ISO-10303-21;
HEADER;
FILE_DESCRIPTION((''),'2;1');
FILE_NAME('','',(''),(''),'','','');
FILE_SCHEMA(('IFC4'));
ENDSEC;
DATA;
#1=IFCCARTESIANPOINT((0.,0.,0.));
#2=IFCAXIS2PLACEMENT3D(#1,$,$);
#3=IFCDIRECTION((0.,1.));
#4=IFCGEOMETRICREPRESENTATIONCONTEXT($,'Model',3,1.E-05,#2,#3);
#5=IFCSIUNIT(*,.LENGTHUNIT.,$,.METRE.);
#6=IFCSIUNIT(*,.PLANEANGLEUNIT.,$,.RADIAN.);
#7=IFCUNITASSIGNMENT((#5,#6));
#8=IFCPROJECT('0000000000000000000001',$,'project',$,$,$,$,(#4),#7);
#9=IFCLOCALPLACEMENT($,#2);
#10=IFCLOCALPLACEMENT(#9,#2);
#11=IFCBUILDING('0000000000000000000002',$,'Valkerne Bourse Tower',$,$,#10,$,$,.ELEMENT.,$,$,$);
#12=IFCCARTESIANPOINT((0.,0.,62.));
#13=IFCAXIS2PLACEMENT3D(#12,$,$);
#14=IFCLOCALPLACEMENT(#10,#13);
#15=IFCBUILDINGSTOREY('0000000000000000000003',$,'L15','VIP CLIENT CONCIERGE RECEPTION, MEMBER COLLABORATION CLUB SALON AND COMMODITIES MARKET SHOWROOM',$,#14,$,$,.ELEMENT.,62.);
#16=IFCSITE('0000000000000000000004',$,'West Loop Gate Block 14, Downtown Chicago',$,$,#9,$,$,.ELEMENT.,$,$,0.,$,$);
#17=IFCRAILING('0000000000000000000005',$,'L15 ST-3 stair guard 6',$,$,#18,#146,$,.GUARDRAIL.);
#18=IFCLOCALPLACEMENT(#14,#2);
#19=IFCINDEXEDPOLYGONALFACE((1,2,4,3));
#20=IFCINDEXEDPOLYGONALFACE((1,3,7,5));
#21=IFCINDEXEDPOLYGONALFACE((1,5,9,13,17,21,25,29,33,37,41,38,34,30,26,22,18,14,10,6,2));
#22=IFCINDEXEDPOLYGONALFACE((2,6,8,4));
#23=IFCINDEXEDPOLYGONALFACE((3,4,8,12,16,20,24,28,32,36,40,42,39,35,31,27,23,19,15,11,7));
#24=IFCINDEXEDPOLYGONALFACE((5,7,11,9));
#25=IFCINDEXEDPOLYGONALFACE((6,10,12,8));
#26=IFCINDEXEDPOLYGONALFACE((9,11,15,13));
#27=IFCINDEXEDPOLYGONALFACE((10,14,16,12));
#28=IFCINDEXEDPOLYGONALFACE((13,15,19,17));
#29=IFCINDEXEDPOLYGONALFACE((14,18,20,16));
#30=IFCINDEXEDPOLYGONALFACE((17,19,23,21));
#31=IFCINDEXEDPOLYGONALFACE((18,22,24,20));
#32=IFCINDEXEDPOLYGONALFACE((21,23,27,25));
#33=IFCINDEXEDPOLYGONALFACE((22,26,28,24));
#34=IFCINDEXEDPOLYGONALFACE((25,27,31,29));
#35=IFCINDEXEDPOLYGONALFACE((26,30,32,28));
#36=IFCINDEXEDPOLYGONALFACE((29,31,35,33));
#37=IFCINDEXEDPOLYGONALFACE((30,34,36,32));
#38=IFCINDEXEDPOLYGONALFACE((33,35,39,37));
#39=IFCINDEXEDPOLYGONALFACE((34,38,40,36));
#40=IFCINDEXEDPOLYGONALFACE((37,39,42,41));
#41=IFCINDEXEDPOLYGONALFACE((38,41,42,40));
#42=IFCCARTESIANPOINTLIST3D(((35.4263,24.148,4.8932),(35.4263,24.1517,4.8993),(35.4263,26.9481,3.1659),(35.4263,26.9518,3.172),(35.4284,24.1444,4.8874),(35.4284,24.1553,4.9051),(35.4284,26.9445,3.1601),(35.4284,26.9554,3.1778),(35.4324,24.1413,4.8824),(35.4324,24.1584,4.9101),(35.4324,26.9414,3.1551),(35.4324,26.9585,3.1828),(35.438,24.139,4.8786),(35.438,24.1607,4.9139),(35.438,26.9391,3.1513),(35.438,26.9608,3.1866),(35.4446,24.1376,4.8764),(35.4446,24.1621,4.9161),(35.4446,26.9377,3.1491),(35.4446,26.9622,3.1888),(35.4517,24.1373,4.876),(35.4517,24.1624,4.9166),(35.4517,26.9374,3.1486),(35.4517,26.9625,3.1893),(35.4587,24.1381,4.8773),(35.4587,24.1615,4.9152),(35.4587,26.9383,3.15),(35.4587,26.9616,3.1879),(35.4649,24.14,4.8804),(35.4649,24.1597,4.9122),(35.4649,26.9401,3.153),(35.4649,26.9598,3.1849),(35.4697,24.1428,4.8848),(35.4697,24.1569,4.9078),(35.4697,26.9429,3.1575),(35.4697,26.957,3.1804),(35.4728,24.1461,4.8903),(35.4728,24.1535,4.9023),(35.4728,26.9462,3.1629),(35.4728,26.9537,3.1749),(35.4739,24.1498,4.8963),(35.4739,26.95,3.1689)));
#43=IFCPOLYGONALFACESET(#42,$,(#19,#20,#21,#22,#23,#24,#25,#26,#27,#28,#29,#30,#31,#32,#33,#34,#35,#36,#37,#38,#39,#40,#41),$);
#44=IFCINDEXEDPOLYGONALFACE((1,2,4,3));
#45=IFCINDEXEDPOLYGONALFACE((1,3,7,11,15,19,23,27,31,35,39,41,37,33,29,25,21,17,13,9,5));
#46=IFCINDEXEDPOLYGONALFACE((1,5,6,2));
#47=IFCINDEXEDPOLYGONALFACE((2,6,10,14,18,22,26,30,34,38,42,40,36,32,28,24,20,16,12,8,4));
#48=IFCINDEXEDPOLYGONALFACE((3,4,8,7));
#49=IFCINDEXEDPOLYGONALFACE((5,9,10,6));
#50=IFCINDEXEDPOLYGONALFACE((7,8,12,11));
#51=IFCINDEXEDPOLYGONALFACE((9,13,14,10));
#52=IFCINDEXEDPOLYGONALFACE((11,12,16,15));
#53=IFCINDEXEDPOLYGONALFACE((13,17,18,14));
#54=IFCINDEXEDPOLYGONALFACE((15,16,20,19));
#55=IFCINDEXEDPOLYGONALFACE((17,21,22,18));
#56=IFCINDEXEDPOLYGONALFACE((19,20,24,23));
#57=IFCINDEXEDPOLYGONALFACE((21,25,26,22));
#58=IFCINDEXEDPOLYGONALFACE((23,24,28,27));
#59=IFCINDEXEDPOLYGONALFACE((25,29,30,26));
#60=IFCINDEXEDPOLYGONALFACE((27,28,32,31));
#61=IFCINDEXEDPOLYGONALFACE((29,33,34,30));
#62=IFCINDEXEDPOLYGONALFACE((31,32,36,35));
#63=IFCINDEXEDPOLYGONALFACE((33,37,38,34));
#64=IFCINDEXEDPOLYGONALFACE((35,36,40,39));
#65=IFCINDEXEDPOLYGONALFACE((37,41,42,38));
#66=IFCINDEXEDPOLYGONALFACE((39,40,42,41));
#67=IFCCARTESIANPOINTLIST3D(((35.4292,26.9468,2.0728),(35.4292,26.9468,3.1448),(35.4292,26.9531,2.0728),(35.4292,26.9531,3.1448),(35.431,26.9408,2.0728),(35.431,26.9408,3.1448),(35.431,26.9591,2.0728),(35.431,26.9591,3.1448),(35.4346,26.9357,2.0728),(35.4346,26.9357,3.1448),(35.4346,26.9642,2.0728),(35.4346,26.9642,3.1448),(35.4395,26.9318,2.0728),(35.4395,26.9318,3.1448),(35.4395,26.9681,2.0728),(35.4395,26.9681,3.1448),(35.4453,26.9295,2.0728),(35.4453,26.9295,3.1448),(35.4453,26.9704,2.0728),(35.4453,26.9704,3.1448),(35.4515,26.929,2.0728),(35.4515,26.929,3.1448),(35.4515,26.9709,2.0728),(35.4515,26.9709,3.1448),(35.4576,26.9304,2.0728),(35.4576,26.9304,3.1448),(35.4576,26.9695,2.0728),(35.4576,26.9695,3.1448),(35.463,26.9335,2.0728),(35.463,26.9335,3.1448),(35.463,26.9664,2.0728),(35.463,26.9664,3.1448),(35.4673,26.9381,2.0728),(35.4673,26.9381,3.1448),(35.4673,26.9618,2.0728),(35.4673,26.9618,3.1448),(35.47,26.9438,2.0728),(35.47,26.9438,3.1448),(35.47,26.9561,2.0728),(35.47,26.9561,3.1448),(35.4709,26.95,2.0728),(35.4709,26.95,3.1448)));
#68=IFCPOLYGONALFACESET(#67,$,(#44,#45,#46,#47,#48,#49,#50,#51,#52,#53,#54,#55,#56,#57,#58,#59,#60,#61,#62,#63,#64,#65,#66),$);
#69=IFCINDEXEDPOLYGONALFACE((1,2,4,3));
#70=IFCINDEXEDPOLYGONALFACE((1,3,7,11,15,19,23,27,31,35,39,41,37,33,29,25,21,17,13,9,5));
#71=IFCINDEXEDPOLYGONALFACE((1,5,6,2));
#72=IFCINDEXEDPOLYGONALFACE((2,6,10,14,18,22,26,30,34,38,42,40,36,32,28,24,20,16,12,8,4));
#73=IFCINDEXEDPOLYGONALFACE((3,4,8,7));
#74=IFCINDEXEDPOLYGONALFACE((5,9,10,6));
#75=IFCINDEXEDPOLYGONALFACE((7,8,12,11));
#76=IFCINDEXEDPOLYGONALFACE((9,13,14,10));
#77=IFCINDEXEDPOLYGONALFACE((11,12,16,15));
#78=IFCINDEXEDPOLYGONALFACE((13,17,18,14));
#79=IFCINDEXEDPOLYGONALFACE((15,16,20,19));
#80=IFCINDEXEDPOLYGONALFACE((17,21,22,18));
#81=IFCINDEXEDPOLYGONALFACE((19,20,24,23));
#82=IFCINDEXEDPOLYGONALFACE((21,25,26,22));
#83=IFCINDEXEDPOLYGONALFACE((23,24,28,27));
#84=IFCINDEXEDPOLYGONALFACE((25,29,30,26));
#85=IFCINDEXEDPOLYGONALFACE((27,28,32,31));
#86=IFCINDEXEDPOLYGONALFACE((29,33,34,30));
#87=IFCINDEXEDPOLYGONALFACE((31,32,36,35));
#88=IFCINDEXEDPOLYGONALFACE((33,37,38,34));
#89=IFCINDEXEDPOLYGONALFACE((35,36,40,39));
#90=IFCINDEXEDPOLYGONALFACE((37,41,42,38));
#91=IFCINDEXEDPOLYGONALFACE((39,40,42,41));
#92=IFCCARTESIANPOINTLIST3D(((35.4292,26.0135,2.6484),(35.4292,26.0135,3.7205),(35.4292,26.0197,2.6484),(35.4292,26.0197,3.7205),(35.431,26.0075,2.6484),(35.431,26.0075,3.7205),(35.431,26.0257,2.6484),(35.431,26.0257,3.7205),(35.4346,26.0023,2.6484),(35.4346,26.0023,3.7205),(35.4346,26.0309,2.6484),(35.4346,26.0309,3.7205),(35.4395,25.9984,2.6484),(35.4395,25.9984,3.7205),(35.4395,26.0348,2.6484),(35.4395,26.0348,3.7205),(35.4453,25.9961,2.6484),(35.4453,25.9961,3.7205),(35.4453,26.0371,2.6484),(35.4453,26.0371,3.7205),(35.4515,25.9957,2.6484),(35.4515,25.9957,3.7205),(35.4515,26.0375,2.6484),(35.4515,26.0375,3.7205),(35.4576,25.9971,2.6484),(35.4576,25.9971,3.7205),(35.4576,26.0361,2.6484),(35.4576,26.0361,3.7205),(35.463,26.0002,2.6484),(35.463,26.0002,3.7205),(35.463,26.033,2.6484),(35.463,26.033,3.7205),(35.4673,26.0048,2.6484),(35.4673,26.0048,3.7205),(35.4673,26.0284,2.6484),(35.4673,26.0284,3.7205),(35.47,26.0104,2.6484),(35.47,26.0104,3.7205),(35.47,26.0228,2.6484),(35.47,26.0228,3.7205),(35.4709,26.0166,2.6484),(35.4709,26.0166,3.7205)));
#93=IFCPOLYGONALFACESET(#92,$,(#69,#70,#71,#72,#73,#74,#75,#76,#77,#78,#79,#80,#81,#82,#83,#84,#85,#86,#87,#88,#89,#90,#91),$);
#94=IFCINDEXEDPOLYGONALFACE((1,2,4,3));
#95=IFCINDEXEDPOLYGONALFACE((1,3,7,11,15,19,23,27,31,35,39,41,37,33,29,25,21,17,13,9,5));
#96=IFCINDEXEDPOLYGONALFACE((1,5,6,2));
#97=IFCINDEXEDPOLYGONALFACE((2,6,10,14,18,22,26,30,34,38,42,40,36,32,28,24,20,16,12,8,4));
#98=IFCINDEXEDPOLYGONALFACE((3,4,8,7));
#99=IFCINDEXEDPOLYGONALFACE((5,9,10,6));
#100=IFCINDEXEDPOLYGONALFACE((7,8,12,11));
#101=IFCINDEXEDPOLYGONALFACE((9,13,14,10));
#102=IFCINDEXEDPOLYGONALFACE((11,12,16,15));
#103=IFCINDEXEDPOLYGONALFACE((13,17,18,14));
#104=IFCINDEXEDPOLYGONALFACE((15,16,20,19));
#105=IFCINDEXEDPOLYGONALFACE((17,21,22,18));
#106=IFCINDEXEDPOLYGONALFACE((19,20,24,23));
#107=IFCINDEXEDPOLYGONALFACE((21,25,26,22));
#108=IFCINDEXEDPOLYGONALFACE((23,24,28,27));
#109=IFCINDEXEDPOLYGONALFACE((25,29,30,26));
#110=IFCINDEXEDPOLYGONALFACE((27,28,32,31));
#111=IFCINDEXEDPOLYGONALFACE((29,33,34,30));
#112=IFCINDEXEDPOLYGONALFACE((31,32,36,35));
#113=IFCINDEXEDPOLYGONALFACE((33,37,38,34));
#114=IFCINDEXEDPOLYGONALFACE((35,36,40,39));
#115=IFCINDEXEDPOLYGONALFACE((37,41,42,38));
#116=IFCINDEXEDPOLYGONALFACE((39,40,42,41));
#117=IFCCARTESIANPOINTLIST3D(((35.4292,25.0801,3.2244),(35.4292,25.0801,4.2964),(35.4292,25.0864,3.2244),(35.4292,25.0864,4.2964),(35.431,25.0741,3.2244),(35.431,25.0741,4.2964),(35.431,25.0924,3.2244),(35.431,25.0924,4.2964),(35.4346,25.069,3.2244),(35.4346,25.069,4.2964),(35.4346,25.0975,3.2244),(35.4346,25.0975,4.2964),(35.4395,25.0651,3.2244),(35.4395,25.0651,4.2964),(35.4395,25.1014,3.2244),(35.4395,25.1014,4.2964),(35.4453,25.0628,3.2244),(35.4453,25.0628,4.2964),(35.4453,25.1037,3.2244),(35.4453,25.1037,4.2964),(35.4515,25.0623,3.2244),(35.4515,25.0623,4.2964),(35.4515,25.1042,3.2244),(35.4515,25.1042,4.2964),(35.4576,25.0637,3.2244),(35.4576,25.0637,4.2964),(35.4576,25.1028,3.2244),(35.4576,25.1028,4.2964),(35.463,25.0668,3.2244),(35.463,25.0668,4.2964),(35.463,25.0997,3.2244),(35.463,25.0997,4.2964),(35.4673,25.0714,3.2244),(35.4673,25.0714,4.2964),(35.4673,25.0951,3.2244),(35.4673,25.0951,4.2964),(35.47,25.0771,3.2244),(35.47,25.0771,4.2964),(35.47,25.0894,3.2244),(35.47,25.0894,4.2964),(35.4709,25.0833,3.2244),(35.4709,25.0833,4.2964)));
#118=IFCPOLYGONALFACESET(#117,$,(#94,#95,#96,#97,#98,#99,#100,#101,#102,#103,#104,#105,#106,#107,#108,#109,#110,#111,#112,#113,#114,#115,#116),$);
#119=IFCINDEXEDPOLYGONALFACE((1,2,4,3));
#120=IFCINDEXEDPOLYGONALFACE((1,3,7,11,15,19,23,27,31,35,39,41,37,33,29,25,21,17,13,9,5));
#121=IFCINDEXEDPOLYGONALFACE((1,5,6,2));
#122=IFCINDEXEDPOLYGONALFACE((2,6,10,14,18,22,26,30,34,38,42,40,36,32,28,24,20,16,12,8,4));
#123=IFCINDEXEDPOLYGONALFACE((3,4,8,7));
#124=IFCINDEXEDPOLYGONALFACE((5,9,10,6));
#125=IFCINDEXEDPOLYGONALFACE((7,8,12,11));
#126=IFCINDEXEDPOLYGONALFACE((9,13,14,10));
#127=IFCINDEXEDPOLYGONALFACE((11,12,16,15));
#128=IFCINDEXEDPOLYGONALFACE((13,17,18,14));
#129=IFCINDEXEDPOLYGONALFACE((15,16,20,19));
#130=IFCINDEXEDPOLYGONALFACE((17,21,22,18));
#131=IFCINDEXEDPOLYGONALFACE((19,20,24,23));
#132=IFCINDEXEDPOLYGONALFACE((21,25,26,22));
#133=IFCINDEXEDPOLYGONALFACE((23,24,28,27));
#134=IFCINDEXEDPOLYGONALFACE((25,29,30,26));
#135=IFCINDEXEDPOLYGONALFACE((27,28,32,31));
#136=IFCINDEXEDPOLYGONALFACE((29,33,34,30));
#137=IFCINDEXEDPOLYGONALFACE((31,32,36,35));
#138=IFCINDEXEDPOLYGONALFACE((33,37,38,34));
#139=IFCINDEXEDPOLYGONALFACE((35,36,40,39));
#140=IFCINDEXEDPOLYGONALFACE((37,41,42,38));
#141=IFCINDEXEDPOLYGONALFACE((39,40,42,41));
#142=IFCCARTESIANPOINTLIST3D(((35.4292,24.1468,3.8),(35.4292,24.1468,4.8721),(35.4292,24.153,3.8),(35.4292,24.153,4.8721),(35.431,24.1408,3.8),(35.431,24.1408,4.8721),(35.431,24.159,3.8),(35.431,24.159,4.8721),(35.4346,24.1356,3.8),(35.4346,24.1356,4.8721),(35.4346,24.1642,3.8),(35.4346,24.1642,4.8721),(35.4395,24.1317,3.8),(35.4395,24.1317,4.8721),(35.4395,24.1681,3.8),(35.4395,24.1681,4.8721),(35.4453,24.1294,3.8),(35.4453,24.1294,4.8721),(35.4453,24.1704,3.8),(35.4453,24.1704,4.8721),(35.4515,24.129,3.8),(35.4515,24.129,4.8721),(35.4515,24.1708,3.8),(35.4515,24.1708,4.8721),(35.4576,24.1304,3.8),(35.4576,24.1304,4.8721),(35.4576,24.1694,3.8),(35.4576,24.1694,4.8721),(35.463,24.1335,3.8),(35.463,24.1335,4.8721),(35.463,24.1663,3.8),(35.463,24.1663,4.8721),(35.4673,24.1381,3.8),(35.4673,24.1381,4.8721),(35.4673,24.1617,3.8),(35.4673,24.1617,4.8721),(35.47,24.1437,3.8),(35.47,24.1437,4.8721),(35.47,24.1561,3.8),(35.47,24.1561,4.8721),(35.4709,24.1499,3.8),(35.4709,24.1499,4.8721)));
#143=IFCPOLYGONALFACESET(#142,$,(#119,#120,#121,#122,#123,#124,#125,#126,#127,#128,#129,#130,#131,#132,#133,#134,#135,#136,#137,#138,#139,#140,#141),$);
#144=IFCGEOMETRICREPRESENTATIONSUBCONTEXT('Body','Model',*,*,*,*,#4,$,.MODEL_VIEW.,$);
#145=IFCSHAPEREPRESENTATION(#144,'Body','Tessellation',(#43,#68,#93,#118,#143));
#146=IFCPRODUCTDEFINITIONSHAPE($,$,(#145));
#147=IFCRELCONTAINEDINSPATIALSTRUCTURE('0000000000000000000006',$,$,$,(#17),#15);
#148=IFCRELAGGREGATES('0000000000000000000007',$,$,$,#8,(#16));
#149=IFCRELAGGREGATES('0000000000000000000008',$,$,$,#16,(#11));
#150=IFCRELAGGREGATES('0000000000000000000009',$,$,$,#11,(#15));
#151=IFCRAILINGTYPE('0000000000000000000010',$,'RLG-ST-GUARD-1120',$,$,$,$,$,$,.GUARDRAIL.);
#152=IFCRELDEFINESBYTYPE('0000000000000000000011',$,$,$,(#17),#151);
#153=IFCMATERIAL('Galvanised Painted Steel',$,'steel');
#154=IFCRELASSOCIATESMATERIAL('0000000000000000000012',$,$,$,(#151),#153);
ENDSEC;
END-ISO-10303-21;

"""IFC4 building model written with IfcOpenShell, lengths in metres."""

from ifc_helpers import new_model, si_unit, direction, frame, origin, origin_2d, place, context, subcontext, project, spatial, circle, extrude, material, type_object, element, save


model = new_model("IFC4")

# Units and contexts
model_context = context("Model", 3, precision=1e-05, world=origin(), true_north=direction((0.0, 1.0)))
body_context = subcontext(model_context, "Body", "Model", "MODEL_VIEW")
ifc_project = project(units=[si_unit("LENGTHUNIT", "METRE"), si_unit("PLANEANGLEUNIT", "RADIAN")], contexts=[model_context])

# Site, building, storey
site_placement = place(None, origin())
site = spatial("IfcSite", under=ifc_project, at=site_placement, Name="West Loop Gate Block 14, Downtown Chicago", CompositionType="ELEMENT", RefElevation=0.0)
building_placement = place(site_placement, origin())
building = spatial("IfcBuilding", under=site, at=building_placement, Name="Valkerne Bourse Tower", CompositionType="ELEMENT")
storey_placement = place(building_placement, frame((0.0, 0.0, 62.0)))
storey = spatial("IfcBuildingStorey", under=building, at=storey_placement, Name="L15", Description="VIP CLIENT CONCIERGE RECEPTION, MEMBER COLLABORATION CLUB SALON AND COMMODITIES MARKET SHOWROOM", CompositionType="ELEMENT", Elevation=62.0)

# Railing
ifc_material_1 = material(Name="Galvanised Painted Steel", Category="steel")
railing_type_1 = type_object("IfcRailingType", Name="RLG-ST-GUARD-1120", PredefinedType="GUARDRAIL", material=ifc_material_1)
railing_1_placement = place(storey_placement, frame((35.45, 26.95, 2.0728)))
element("IfcRailing", 1, at=railing_1_placement, inside=storey, type_object=railing_type_1, Name="L15 ST-3 stair guard 6", PredefinedType="GUARDRAIL", context=body_context, shape_type="SweptSolid", body=[
    extrude(circle(Radius=0.0239, at=origin_2d()), frame((0.0, 0.0, 1.0962), z_axis=(0.0, -0.85109, 0.52502), x_axis=(1.0, 0.0, 0.0)), (0.0, 0.0, 1.0), 3.29),
    extrude(circle(Radius=0.021, at=origin_2d()), origin(), (0.0, 0.0, 1.0), 1.072),
    extrude(circle(Radius=0.021, at=origin_2d()), frame((0.0, -0.9333, 0.5757)), (0.0, 0.0, 1.0), 1.072),
    extrude(circle(Radius=0.021, at=origin_2d()), frame((0.0, -1.8667, 1.1516)), (0.0, 0.0, 1.0), 1.072),
    extrude(circle(Radius=0.021, at=origin_2d()), frame((0.0, -2.8, 1.7273)), (0.0, 0.0, 1.0), 1.072),
])

save(model, "model.ifc")
